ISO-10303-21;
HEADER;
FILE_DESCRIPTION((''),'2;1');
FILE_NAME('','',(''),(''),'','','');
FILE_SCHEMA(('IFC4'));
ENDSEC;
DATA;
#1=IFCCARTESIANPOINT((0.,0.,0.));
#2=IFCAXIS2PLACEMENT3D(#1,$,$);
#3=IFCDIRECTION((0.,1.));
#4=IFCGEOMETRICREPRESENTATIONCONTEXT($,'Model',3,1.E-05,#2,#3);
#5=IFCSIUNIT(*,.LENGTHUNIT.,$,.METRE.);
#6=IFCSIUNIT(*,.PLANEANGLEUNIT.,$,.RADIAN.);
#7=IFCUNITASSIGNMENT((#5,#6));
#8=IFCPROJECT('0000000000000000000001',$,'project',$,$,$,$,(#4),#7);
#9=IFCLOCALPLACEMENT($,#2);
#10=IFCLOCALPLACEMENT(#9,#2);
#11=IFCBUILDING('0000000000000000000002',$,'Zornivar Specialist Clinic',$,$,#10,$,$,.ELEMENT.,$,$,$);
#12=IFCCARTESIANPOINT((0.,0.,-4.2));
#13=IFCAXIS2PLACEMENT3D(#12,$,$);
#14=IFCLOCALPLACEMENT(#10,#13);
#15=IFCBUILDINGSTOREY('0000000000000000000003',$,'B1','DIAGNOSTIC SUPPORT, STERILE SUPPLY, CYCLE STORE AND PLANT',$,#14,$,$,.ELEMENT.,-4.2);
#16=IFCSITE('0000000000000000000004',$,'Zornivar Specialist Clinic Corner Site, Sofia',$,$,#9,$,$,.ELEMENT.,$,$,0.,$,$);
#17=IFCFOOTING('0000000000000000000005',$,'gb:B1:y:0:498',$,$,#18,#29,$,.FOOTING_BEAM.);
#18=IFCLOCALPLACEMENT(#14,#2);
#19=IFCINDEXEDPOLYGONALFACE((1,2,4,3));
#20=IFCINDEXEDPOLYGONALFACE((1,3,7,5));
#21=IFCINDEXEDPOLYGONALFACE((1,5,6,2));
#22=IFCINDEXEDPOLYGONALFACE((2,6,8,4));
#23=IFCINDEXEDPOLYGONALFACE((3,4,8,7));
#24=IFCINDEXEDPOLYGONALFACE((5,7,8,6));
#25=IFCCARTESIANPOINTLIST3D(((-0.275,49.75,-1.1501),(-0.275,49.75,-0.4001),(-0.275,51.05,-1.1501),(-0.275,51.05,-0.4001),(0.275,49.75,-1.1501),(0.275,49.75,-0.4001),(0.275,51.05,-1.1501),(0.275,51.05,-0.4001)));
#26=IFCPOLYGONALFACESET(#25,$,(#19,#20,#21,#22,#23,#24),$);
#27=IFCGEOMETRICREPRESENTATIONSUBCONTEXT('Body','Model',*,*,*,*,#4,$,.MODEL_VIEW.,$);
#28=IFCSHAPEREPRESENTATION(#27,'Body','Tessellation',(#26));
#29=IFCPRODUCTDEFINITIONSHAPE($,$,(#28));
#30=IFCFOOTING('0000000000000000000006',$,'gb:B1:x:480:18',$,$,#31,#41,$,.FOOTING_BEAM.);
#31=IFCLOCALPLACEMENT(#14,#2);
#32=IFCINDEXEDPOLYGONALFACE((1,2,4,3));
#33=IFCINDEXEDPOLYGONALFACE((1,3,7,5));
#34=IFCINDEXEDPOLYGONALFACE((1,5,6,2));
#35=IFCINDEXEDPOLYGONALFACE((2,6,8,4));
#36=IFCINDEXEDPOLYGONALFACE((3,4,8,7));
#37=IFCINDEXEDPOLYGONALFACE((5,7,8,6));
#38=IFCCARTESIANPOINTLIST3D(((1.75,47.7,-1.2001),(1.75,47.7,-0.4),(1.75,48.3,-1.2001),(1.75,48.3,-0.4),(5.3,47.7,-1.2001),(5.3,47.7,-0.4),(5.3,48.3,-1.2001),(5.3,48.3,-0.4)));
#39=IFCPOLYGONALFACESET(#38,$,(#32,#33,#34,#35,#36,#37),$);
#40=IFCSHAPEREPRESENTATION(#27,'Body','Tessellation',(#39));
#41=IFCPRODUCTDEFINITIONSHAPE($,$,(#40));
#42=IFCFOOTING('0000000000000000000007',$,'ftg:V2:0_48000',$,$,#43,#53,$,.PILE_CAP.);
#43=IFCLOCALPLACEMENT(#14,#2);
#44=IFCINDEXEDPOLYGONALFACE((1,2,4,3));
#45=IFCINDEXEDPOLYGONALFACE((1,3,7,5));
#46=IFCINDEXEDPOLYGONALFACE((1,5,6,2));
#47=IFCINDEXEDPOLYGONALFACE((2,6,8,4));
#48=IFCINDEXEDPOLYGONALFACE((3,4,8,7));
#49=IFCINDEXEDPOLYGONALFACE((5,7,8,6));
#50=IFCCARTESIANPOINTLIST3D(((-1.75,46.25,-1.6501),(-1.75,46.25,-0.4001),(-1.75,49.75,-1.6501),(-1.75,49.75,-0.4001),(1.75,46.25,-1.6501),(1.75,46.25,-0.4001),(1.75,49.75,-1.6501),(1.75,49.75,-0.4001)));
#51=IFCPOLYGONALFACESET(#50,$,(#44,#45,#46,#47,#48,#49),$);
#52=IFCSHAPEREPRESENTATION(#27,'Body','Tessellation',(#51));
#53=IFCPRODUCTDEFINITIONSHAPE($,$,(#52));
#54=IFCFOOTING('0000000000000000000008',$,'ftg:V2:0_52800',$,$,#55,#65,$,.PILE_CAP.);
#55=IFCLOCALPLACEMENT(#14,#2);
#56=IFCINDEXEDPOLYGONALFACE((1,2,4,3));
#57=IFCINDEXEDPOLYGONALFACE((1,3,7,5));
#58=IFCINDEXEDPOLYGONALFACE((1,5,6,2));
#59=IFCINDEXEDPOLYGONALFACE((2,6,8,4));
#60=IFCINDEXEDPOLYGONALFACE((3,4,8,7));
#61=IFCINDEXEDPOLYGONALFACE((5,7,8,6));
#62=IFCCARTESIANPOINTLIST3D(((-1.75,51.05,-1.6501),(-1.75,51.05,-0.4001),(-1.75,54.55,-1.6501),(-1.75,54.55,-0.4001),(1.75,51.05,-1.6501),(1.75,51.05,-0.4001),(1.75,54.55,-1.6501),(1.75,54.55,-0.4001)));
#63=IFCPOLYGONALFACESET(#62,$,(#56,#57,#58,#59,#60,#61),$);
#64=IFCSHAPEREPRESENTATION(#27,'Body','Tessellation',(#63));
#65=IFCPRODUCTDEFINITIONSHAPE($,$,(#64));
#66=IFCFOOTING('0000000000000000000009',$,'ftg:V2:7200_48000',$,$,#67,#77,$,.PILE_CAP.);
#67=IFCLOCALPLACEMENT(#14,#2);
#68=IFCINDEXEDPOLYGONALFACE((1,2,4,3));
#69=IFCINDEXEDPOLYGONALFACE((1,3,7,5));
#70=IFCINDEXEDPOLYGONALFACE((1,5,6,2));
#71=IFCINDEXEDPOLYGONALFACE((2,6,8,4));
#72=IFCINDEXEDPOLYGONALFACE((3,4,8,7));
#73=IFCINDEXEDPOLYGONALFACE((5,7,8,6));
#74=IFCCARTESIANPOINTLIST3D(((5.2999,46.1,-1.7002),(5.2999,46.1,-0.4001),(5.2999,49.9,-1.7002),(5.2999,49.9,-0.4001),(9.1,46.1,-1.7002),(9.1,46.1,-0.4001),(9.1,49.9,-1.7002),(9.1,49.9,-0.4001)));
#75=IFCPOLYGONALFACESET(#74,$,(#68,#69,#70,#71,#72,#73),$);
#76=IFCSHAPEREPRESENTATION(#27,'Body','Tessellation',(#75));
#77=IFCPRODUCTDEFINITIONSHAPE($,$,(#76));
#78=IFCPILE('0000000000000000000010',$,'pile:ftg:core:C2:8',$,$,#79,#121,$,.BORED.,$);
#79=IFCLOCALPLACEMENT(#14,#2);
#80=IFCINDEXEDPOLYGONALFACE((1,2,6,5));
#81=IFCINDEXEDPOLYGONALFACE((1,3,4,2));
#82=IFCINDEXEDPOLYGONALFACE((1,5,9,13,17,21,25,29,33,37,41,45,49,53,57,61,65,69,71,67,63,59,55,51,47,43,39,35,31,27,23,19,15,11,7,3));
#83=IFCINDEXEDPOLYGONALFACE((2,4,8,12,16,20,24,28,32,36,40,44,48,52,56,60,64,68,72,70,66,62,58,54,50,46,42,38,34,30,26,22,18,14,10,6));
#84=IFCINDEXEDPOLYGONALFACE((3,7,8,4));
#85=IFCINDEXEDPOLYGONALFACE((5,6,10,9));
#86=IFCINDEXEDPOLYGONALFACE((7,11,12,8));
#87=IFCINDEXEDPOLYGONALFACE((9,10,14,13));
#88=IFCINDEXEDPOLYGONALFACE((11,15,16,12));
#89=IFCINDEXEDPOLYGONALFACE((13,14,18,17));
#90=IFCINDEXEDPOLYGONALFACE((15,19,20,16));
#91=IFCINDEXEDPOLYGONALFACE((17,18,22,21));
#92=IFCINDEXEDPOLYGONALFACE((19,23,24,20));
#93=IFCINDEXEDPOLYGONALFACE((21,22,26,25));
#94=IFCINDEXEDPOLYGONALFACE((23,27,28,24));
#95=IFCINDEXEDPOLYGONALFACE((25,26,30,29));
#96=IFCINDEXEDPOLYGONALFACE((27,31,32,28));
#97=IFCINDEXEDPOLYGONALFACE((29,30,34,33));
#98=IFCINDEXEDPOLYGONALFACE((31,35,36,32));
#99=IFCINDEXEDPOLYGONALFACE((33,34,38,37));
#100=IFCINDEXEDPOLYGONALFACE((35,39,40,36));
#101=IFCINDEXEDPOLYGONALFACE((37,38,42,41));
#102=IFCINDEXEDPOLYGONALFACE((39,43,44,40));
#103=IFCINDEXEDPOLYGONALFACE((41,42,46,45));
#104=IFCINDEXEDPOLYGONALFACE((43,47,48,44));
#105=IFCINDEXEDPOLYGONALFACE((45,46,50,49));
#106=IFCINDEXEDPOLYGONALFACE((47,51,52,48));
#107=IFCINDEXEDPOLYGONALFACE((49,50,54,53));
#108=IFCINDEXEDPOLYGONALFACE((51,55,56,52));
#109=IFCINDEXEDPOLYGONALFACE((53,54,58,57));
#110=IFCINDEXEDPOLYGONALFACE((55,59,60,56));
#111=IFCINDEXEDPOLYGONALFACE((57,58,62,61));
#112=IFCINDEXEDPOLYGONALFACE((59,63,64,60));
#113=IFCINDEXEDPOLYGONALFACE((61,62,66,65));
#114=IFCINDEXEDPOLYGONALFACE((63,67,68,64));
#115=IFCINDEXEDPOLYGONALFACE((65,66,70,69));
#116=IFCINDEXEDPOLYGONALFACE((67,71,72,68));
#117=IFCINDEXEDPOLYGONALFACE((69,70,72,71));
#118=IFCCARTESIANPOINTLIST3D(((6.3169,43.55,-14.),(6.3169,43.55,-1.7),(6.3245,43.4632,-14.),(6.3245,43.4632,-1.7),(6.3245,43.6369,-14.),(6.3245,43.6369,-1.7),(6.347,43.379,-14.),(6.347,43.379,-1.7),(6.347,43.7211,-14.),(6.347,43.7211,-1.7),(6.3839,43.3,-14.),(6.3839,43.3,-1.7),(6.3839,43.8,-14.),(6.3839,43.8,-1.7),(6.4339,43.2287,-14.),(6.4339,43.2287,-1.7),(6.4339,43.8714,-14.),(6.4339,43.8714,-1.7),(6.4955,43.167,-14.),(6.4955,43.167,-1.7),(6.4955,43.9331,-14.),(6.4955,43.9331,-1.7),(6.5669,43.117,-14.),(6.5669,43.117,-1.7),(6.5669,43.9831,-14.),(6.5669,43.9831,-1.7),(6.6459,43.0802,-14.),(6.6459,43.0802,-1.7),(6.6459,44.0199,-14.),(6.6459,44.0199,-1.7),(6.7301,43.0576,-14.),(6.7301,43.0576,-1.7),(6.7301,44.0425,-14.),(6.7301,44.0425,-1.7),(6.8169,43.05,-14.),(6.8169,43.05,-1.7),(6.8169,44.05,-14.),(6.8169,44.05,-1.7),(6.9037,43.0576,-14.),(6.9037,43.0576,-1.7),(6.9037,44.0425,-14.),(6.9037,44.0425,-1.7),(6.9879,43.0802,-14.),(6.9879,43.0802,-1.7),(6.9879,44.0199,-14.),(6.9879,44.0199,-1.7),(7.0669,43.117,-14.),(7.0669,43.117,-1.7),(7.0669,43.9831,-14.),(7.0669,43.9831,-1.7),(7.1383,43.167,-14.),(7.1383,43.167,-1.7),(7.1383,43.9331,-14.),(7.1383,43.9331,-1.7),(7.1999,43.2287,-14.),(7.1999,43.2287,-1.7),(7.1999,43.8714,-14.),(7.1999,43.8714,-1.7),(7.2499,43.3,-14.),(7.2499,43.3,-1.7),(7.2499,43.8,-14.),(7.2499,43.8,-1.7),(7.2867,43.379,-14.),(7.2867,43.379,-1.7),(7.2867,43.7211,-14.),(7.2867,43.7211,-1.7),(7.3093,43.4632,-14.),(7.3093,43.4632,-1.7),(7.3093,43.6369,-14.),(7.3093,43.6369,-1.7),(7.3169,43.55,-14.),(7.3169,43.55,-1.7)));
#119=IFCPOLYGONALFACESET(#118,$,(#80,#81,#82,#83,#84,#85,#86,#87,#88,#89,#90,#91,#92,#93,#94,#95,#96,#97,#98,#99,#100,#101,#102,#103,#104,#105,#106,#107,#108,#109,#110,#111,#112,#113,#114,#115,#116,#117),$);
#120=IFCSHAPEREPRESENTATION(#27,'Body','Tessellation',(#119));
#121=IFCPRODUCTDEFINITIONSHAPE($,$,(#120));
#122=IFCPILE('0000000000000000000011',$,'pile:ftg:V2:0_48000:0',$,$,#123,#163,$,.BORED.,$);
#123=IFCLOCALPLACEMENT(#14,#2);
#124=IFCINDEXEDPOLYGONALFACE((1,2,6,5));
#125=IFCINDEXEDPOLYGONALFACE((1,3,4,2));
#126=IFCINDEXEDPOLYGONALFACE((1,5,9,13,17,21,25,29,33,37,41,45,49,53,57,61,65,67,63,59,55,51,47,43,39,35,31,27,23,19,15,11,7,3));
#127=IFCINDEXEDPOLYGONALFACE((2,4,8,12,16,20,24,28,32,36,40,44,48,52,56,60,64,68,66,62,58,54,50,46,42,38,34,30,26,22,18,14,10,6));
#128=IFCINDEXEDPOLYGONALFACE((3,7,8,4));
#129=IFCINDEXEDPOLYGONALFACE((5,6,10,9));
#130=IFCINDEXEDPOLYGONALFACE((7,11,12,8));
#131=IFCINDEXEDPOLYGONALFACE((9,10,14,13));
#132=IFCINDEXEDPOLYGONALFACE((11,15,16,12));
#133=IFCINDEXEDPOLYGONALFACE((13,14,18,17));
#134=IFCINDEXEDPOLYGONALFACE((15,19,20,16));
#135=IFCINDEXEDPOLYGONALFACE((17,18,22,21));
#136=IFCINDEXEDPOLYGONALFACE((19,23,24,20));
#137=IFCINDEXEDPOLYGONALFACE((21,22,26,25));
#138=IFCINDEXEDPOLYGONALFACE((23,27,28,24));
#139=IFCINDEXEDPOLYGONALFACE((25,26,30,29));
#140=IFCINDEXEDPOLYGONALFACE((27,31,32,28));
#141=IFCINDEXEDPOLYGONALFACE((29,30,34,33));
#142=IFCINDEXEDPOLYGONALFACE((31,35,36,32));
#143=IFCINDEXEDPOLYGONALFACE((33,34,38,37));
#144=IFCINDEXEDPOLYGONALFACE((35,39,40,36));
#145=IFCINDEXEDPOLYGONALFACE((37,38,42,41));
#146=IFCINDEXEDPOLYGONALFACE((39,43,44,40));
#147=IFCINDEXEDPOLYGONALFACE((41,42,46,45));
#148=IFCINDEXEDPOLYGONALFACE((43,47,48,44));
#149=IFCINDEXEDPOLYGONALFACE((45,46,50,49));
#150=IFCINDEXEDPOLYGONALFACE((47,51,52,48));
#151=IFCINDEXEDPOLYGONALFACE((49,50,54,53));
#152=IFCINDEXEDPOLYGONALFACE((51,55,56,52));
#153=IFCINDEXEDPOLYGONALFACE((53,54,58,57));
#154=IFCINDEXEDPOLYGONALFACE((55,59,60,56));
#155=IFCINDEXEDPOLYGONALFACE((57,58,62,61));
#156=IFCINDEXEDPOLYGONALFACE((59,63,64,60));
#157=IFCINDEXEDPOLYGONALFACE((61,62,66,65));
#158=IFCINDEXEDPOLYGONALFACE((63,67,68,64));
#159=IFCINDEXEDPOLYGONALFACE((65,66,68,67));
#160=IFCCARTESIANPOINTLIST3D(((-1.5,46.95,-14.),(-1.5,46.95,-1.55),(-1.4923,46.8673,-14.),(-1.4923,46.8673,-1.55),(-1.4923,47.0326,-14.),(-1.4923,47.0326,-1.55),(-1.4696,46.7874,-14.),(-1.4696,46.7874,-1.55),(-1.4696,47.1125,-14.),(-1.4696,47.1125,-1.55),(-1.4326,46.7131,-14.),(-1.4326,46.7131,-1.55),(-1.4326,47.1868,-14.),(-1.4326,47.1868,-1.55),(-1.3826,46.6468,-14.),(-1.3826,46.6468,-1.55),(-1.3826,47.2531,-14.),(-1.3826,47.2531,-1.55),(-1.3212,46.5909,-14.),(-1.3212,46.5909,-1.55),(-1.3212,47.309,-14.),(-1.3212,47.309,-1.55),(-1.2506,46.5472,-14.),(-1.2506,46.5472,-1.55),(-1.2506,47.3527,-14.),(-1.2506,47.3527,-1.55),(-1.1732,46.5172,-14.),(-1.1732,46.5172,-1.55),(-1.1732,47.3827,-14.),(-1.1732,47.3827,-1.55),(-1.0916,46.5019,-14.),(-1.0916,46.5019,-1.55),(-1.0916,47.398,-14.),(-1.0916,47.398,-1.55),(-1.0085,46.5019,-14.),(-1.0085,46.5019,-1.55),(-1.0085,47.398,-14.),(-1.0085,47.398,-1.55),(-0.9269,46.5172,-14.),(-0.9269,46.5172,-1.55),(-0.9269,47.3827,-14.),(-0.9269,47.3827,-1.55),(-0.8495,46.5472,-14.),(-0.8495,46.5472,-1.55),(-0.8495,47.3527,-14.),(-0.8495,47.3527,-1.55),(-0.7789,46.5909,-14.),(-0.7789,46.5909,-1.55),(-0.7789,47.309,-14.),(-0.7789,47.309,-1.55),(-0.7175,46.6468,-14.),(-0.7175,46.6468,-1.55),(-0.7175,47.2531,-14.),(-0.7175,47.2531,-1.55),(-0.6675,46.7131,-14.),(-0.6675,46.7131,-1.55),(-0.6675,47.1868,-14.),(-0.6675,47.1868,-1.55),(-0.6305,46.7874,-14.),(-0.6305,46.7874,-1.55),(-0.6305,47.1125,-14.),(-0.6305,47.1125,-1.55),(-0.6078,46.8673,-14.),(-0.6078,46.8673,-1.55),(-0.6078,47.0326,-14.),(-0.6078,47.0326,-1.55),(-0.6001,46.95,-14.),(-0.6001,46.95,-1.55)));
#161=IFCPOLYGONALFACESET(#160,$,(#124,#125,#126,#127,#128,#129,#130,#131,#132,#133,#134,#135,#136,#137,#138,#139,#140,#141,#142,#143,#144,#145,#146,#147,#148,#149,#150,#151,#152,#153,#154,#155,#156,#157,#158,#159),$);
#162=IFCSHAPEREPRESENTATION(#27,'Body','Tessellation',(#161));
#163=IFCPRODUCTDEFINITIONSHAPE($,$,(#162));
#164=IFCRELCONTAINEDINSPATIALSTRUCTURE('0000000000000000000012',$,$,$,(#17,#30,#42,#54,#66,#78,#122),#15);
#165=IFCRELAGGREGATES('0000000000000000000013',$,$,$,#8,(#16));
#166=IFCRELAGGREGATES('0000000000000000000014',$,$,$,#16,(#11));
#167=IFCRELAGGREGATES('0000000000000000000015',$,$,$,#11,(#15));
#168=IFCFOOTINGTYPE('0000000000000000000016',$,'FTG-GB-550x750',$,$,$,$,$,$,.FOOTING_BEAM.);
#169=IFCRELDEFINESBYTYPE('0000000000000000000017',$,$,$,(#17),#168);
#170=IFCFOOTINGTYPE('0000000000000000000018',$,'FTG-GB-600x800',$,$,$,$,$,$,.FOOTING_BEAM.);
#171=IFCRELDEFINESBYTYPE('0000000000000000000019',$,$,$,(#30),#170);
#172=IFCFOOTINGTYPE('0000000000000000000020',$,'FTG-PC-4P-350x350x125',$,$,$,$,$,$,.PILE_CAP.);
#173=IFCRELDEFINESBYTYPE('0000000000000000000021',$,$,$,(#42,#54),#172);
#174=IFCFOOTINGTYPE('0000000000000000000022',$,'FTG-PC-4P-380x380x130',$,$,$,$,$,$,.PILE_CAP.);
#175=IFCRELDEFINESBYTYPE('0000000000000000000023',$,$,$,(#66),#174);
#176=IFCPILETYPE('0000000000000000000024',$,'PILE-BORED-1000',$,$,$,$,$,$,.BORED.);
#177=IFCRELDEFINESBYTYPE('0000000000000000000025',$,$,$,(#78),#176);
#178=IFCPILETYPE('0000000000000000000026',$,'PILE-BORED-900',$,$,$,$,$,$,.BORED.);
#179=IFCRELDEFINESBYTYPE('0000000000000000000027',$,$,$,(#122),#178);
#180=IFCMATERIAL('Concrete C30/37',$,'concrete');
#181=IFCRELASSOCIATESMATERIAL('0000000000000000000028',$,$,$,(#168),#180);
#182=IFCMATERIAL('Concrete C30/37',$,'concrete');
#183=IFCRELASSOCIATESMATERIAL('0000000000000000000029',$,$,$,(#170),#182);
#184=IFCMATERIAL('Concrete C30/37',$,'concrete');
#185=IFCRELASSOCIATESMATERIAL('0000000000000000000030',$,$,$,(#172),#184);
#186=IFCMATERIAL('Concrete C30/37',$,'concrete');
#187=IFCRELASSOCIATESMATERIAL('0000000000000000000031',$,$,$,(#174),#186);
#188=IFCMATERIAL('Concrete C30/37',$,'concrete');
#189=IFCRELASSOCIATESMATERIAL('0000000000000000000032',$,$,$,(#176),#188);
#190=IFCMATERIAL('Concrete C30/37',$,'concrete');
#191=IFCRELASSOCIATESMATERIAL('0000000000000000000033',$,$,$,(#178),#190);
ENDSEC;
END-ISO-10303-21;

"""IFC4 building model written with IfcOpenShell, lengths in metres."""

from ifc_helpers import new_model, si_unit, direction, frame, origin, origin_2d, place, context, subcontext, project, spatial, rectangle, circle, extrude, material, material_profile, profile_set, type_object, element, save


model = new_model("IFC4")

# Units and contexts
model_context = context("Model", 3, precision=1e-05, world=origin(), true_north=direction((0.0, 1.0)))
body_context = subcontext(model_context, "Body", "Model", "MODEL_VIEW")
ifc_project = project(units=[si_unit("LENGTHUNIT", "METRE"), si_unit("PLANEANGLEUNIT", "RADIAN")], contexts=[model_context])

# Site, building, storey
site_placement = place(None, origin())
site = spatial("IfcSite", under=ifc_project, at=site_placement, Name="Zornivar Specialist Clinic Corner Site, Sofia", CompositionType="ELEMENT", RefElevation=0.0)
building_placement = place(site_placement, origin())
building = spatial("IfcBuilding", under=site, at=building_placement, Name="Zornivar Specialist Clinic", CompositionType="ELEMENT")
storey_placement = place(building_placement, frame((0.0, 0.0, -4.2)))
storey = spatial("IfcBuildingStorey", under=building, at=storey_placement, Name="B1", Description="DIAGNOSTIC SUPPORT, STERILE SUPPLY, CYCLE STORE AND PLANT", CompositionType="ELEMENT", Elevation=-4.2)

# Footings
ifc_material_1 = material(Name="Concrete C30/37", Category="concrete")
ifc_material_profile_1 = material_profile(ifc_material_1, rectangle(XDim=0.55, YDim=0.75, at=origin_2d()), Name="RC 550x750")
ifc_profile_set_1 = profile_set([ifc_material_profile_1], Name="Concrete C30/37")
footing_type_1 = type_object("IfcFootingType", Name="FTG-GB-550x750", PredefinedType="FOOTING_BEAM", material=ifc_profile_set_1)
footing_1_placement = place(storey_placement, frame((0.0, 49.75, -0.7751), z_axis=(0.0, 1.0, 0.0), x_axis=(-1.0, 0.0, 0.0)))
element("IfcFooting", 1, at=footing_1_placement, inside=storey, type_object=footing_type_1, Name="gb:B1:y:0:498", PredefinedType="FOOTING_BEAM", context=body_context, shape_type="SweptSolid", body=[
    extrude(rectangle(XDim=0.55, YDim=0.75, at=origin_2d()), origin(), (0.0, 0.0, 1.0), 1.3),
])
ifc_material_2 = material(Name="Concrete C30/37", Category="concrete")
ifc_material_profile_2 = material_profile(ifc_material_2, rectangle(XDim=0.6001, YDim=0.8, at=origin_2d()), Name="RC 600x800")
ifc_profile_set_2 = profile_set([ifc_material_profile_2], Name="Concrete C30/37")
footing_type_2 = type_object("IfcFootingType", Name="FTG-GB-600x800", PredefinedType="FOOTING_BEAM", material=ifc_profile_set_2)
footing_2_placement = place(storey_placement, frame((1.75, 48.0, -0.8), z_axis=(1.0, 0.0, 0.0), x_axis=(0.0, 1.0, 0.0)))
element("IfcFooting", 2, at=footing_2_placement, inside=storey, type_object=footing_type_2, Name="gb:B1:x:480:18", PredefinedType="FOOTING_BEAM", context=body_context, shape_type="SweptSolid", body=[
    extrude(rectangle(XDim=0.6001, YDim=0.8, at=origin_2d()), origin(), (0.0, 0.0, 1.0), 3.55),
])
ifc_material_3 = material(Name="Concrete C30/37", Category="concrete")
footing_type_3 = type_object("IfcFootingType", Name="FTG-PC-4P-350x350x125", PredefinedType="PILE_CAP", material=ifc_material_3)
for number, where, z_axis, x_axis, name in (
    (3, (0.0, 48.0, -1.6501), (0.0, 0.0, 1.0), (1.0, 0.0, 0.0), "ftg:V2:0_48000"),
    (4, (0.0, 52.8, -1.6501), (0.0, 0.0, 1.0), (1.0, 0.0, 0.0), "ftg:V2:0_52800"),
):
    element("IfcFooting", number, at=place(storey_placement, frame(where, z_axis=z_axis, x_axis=x_axis)), inside=storey, type_object=footing_type_3, Name=name, PredefinedType="PILE_CAP", context=body_context, shape_type="SweptSolid", body=[
        extrude(rectangle(XDim=3.5, YDim=3.5, at=origin_2d()), origin(), (0.0, 0.0, 1.0), 1.25),
    ])
ifc_material_4 = material(Name="Concrete C30/37", Category="concrete")
footing_type_4 = type_object("IfcFootingType", Name="FTG-PC-4P-380x380x130", PredefinedType="PILE_CAP", material=ifc_material_4)
footing_3_placement = place(storey_placement, frame((7.2, 48.0, -1.7002), z_axis=(0.0, 0.0, 1.0), x_axis=(1.0, 0.0, 0.0)))
element("IfcFooting", 5, at=footing_3_placement, inside=storey, type_object=footing_type_4, Name="ftg:V2:7200_48000", PredefinedType="PILE_CAP", context=body_context, shape_type="SweptSolid", body=[
    extrude(rectangle(XDim=3.8, YDim=3.8, at=origin_2d()), origin(), (0.0, 0.0, 1.0), 1.3),
])

# Piles
ifc_material_5 = material(Name="Concrete C30/37", Category="concrete")
ifc_material_profile_3 = material_profile(ifc_material_5, circle(Radius=0.5, at=origin_2d()), Name="PILE D1000")
ifc_profile_set_3 = profile_set([ifc_material_profile_3], Name="Concrete C30/37")
pile_type_1 = type_object("IfcPileType", Name="PILE-BORED-1000", PredefinedType="BORED", material=ifc_profile_set_3)
pile_placement = place(storey_placement, frame((6.8169, 43.55, -1.7), z_axis=(0.0, 0.0, -1.0), x_axis=(1.0, 0.0, 0.0)))
element("IfcPile", 6, at=pile_placement, inside=storey, type_object=pile_type_1, Name="pile:ftg:core:C2:8", PredefinedType="BORED", context=body_context, shape_type="SweptSolid", body=[
    extrude(circle(Radius=0.5, at=origin_2d()), origin(), (0.0, 0.0, 1.0), 12.3),
])
ifc_material_6 = material(Name="Concrete C30/37", Category="concrete")
ifc_material_profile_4 = material_profile(ifc_material_6, circle(Radius=0.45, at=origin_2d()), Name="PILE D900")
ifc_profile_set_4 = profile_set([ifc_material_profile_4], Name="Concrete C30/37")
pile_type_2 = type_object("IfcPileType", Name="PILE-BORED-900", PredefinedType="BORED", material=ifc_profile_set_4)
for number, where, z_axis, x_axis, name in (
    (7, (-1.05, 46.95, -1.55), (0.0, 0.0, -1.0), (1.0, 0.0, 0.0), "pile:ftg:V2:0_48000:0"),
):
    element("IfcPile", number, at=place(storey_placement, frame(where, z_axis=z_axis, x_axis=x_axis)), inside=storey, type_object=pile_type_2, Name=name, PredefinedType="BORED", context=body_context, shape_type="SweptSolid", body=[
        extrude(circle(Radius=0.45, at=origin_2d()), origin(), (0.0, 0.0, 1.0), 12.45),
    ])

save(model, "model.ifc")
